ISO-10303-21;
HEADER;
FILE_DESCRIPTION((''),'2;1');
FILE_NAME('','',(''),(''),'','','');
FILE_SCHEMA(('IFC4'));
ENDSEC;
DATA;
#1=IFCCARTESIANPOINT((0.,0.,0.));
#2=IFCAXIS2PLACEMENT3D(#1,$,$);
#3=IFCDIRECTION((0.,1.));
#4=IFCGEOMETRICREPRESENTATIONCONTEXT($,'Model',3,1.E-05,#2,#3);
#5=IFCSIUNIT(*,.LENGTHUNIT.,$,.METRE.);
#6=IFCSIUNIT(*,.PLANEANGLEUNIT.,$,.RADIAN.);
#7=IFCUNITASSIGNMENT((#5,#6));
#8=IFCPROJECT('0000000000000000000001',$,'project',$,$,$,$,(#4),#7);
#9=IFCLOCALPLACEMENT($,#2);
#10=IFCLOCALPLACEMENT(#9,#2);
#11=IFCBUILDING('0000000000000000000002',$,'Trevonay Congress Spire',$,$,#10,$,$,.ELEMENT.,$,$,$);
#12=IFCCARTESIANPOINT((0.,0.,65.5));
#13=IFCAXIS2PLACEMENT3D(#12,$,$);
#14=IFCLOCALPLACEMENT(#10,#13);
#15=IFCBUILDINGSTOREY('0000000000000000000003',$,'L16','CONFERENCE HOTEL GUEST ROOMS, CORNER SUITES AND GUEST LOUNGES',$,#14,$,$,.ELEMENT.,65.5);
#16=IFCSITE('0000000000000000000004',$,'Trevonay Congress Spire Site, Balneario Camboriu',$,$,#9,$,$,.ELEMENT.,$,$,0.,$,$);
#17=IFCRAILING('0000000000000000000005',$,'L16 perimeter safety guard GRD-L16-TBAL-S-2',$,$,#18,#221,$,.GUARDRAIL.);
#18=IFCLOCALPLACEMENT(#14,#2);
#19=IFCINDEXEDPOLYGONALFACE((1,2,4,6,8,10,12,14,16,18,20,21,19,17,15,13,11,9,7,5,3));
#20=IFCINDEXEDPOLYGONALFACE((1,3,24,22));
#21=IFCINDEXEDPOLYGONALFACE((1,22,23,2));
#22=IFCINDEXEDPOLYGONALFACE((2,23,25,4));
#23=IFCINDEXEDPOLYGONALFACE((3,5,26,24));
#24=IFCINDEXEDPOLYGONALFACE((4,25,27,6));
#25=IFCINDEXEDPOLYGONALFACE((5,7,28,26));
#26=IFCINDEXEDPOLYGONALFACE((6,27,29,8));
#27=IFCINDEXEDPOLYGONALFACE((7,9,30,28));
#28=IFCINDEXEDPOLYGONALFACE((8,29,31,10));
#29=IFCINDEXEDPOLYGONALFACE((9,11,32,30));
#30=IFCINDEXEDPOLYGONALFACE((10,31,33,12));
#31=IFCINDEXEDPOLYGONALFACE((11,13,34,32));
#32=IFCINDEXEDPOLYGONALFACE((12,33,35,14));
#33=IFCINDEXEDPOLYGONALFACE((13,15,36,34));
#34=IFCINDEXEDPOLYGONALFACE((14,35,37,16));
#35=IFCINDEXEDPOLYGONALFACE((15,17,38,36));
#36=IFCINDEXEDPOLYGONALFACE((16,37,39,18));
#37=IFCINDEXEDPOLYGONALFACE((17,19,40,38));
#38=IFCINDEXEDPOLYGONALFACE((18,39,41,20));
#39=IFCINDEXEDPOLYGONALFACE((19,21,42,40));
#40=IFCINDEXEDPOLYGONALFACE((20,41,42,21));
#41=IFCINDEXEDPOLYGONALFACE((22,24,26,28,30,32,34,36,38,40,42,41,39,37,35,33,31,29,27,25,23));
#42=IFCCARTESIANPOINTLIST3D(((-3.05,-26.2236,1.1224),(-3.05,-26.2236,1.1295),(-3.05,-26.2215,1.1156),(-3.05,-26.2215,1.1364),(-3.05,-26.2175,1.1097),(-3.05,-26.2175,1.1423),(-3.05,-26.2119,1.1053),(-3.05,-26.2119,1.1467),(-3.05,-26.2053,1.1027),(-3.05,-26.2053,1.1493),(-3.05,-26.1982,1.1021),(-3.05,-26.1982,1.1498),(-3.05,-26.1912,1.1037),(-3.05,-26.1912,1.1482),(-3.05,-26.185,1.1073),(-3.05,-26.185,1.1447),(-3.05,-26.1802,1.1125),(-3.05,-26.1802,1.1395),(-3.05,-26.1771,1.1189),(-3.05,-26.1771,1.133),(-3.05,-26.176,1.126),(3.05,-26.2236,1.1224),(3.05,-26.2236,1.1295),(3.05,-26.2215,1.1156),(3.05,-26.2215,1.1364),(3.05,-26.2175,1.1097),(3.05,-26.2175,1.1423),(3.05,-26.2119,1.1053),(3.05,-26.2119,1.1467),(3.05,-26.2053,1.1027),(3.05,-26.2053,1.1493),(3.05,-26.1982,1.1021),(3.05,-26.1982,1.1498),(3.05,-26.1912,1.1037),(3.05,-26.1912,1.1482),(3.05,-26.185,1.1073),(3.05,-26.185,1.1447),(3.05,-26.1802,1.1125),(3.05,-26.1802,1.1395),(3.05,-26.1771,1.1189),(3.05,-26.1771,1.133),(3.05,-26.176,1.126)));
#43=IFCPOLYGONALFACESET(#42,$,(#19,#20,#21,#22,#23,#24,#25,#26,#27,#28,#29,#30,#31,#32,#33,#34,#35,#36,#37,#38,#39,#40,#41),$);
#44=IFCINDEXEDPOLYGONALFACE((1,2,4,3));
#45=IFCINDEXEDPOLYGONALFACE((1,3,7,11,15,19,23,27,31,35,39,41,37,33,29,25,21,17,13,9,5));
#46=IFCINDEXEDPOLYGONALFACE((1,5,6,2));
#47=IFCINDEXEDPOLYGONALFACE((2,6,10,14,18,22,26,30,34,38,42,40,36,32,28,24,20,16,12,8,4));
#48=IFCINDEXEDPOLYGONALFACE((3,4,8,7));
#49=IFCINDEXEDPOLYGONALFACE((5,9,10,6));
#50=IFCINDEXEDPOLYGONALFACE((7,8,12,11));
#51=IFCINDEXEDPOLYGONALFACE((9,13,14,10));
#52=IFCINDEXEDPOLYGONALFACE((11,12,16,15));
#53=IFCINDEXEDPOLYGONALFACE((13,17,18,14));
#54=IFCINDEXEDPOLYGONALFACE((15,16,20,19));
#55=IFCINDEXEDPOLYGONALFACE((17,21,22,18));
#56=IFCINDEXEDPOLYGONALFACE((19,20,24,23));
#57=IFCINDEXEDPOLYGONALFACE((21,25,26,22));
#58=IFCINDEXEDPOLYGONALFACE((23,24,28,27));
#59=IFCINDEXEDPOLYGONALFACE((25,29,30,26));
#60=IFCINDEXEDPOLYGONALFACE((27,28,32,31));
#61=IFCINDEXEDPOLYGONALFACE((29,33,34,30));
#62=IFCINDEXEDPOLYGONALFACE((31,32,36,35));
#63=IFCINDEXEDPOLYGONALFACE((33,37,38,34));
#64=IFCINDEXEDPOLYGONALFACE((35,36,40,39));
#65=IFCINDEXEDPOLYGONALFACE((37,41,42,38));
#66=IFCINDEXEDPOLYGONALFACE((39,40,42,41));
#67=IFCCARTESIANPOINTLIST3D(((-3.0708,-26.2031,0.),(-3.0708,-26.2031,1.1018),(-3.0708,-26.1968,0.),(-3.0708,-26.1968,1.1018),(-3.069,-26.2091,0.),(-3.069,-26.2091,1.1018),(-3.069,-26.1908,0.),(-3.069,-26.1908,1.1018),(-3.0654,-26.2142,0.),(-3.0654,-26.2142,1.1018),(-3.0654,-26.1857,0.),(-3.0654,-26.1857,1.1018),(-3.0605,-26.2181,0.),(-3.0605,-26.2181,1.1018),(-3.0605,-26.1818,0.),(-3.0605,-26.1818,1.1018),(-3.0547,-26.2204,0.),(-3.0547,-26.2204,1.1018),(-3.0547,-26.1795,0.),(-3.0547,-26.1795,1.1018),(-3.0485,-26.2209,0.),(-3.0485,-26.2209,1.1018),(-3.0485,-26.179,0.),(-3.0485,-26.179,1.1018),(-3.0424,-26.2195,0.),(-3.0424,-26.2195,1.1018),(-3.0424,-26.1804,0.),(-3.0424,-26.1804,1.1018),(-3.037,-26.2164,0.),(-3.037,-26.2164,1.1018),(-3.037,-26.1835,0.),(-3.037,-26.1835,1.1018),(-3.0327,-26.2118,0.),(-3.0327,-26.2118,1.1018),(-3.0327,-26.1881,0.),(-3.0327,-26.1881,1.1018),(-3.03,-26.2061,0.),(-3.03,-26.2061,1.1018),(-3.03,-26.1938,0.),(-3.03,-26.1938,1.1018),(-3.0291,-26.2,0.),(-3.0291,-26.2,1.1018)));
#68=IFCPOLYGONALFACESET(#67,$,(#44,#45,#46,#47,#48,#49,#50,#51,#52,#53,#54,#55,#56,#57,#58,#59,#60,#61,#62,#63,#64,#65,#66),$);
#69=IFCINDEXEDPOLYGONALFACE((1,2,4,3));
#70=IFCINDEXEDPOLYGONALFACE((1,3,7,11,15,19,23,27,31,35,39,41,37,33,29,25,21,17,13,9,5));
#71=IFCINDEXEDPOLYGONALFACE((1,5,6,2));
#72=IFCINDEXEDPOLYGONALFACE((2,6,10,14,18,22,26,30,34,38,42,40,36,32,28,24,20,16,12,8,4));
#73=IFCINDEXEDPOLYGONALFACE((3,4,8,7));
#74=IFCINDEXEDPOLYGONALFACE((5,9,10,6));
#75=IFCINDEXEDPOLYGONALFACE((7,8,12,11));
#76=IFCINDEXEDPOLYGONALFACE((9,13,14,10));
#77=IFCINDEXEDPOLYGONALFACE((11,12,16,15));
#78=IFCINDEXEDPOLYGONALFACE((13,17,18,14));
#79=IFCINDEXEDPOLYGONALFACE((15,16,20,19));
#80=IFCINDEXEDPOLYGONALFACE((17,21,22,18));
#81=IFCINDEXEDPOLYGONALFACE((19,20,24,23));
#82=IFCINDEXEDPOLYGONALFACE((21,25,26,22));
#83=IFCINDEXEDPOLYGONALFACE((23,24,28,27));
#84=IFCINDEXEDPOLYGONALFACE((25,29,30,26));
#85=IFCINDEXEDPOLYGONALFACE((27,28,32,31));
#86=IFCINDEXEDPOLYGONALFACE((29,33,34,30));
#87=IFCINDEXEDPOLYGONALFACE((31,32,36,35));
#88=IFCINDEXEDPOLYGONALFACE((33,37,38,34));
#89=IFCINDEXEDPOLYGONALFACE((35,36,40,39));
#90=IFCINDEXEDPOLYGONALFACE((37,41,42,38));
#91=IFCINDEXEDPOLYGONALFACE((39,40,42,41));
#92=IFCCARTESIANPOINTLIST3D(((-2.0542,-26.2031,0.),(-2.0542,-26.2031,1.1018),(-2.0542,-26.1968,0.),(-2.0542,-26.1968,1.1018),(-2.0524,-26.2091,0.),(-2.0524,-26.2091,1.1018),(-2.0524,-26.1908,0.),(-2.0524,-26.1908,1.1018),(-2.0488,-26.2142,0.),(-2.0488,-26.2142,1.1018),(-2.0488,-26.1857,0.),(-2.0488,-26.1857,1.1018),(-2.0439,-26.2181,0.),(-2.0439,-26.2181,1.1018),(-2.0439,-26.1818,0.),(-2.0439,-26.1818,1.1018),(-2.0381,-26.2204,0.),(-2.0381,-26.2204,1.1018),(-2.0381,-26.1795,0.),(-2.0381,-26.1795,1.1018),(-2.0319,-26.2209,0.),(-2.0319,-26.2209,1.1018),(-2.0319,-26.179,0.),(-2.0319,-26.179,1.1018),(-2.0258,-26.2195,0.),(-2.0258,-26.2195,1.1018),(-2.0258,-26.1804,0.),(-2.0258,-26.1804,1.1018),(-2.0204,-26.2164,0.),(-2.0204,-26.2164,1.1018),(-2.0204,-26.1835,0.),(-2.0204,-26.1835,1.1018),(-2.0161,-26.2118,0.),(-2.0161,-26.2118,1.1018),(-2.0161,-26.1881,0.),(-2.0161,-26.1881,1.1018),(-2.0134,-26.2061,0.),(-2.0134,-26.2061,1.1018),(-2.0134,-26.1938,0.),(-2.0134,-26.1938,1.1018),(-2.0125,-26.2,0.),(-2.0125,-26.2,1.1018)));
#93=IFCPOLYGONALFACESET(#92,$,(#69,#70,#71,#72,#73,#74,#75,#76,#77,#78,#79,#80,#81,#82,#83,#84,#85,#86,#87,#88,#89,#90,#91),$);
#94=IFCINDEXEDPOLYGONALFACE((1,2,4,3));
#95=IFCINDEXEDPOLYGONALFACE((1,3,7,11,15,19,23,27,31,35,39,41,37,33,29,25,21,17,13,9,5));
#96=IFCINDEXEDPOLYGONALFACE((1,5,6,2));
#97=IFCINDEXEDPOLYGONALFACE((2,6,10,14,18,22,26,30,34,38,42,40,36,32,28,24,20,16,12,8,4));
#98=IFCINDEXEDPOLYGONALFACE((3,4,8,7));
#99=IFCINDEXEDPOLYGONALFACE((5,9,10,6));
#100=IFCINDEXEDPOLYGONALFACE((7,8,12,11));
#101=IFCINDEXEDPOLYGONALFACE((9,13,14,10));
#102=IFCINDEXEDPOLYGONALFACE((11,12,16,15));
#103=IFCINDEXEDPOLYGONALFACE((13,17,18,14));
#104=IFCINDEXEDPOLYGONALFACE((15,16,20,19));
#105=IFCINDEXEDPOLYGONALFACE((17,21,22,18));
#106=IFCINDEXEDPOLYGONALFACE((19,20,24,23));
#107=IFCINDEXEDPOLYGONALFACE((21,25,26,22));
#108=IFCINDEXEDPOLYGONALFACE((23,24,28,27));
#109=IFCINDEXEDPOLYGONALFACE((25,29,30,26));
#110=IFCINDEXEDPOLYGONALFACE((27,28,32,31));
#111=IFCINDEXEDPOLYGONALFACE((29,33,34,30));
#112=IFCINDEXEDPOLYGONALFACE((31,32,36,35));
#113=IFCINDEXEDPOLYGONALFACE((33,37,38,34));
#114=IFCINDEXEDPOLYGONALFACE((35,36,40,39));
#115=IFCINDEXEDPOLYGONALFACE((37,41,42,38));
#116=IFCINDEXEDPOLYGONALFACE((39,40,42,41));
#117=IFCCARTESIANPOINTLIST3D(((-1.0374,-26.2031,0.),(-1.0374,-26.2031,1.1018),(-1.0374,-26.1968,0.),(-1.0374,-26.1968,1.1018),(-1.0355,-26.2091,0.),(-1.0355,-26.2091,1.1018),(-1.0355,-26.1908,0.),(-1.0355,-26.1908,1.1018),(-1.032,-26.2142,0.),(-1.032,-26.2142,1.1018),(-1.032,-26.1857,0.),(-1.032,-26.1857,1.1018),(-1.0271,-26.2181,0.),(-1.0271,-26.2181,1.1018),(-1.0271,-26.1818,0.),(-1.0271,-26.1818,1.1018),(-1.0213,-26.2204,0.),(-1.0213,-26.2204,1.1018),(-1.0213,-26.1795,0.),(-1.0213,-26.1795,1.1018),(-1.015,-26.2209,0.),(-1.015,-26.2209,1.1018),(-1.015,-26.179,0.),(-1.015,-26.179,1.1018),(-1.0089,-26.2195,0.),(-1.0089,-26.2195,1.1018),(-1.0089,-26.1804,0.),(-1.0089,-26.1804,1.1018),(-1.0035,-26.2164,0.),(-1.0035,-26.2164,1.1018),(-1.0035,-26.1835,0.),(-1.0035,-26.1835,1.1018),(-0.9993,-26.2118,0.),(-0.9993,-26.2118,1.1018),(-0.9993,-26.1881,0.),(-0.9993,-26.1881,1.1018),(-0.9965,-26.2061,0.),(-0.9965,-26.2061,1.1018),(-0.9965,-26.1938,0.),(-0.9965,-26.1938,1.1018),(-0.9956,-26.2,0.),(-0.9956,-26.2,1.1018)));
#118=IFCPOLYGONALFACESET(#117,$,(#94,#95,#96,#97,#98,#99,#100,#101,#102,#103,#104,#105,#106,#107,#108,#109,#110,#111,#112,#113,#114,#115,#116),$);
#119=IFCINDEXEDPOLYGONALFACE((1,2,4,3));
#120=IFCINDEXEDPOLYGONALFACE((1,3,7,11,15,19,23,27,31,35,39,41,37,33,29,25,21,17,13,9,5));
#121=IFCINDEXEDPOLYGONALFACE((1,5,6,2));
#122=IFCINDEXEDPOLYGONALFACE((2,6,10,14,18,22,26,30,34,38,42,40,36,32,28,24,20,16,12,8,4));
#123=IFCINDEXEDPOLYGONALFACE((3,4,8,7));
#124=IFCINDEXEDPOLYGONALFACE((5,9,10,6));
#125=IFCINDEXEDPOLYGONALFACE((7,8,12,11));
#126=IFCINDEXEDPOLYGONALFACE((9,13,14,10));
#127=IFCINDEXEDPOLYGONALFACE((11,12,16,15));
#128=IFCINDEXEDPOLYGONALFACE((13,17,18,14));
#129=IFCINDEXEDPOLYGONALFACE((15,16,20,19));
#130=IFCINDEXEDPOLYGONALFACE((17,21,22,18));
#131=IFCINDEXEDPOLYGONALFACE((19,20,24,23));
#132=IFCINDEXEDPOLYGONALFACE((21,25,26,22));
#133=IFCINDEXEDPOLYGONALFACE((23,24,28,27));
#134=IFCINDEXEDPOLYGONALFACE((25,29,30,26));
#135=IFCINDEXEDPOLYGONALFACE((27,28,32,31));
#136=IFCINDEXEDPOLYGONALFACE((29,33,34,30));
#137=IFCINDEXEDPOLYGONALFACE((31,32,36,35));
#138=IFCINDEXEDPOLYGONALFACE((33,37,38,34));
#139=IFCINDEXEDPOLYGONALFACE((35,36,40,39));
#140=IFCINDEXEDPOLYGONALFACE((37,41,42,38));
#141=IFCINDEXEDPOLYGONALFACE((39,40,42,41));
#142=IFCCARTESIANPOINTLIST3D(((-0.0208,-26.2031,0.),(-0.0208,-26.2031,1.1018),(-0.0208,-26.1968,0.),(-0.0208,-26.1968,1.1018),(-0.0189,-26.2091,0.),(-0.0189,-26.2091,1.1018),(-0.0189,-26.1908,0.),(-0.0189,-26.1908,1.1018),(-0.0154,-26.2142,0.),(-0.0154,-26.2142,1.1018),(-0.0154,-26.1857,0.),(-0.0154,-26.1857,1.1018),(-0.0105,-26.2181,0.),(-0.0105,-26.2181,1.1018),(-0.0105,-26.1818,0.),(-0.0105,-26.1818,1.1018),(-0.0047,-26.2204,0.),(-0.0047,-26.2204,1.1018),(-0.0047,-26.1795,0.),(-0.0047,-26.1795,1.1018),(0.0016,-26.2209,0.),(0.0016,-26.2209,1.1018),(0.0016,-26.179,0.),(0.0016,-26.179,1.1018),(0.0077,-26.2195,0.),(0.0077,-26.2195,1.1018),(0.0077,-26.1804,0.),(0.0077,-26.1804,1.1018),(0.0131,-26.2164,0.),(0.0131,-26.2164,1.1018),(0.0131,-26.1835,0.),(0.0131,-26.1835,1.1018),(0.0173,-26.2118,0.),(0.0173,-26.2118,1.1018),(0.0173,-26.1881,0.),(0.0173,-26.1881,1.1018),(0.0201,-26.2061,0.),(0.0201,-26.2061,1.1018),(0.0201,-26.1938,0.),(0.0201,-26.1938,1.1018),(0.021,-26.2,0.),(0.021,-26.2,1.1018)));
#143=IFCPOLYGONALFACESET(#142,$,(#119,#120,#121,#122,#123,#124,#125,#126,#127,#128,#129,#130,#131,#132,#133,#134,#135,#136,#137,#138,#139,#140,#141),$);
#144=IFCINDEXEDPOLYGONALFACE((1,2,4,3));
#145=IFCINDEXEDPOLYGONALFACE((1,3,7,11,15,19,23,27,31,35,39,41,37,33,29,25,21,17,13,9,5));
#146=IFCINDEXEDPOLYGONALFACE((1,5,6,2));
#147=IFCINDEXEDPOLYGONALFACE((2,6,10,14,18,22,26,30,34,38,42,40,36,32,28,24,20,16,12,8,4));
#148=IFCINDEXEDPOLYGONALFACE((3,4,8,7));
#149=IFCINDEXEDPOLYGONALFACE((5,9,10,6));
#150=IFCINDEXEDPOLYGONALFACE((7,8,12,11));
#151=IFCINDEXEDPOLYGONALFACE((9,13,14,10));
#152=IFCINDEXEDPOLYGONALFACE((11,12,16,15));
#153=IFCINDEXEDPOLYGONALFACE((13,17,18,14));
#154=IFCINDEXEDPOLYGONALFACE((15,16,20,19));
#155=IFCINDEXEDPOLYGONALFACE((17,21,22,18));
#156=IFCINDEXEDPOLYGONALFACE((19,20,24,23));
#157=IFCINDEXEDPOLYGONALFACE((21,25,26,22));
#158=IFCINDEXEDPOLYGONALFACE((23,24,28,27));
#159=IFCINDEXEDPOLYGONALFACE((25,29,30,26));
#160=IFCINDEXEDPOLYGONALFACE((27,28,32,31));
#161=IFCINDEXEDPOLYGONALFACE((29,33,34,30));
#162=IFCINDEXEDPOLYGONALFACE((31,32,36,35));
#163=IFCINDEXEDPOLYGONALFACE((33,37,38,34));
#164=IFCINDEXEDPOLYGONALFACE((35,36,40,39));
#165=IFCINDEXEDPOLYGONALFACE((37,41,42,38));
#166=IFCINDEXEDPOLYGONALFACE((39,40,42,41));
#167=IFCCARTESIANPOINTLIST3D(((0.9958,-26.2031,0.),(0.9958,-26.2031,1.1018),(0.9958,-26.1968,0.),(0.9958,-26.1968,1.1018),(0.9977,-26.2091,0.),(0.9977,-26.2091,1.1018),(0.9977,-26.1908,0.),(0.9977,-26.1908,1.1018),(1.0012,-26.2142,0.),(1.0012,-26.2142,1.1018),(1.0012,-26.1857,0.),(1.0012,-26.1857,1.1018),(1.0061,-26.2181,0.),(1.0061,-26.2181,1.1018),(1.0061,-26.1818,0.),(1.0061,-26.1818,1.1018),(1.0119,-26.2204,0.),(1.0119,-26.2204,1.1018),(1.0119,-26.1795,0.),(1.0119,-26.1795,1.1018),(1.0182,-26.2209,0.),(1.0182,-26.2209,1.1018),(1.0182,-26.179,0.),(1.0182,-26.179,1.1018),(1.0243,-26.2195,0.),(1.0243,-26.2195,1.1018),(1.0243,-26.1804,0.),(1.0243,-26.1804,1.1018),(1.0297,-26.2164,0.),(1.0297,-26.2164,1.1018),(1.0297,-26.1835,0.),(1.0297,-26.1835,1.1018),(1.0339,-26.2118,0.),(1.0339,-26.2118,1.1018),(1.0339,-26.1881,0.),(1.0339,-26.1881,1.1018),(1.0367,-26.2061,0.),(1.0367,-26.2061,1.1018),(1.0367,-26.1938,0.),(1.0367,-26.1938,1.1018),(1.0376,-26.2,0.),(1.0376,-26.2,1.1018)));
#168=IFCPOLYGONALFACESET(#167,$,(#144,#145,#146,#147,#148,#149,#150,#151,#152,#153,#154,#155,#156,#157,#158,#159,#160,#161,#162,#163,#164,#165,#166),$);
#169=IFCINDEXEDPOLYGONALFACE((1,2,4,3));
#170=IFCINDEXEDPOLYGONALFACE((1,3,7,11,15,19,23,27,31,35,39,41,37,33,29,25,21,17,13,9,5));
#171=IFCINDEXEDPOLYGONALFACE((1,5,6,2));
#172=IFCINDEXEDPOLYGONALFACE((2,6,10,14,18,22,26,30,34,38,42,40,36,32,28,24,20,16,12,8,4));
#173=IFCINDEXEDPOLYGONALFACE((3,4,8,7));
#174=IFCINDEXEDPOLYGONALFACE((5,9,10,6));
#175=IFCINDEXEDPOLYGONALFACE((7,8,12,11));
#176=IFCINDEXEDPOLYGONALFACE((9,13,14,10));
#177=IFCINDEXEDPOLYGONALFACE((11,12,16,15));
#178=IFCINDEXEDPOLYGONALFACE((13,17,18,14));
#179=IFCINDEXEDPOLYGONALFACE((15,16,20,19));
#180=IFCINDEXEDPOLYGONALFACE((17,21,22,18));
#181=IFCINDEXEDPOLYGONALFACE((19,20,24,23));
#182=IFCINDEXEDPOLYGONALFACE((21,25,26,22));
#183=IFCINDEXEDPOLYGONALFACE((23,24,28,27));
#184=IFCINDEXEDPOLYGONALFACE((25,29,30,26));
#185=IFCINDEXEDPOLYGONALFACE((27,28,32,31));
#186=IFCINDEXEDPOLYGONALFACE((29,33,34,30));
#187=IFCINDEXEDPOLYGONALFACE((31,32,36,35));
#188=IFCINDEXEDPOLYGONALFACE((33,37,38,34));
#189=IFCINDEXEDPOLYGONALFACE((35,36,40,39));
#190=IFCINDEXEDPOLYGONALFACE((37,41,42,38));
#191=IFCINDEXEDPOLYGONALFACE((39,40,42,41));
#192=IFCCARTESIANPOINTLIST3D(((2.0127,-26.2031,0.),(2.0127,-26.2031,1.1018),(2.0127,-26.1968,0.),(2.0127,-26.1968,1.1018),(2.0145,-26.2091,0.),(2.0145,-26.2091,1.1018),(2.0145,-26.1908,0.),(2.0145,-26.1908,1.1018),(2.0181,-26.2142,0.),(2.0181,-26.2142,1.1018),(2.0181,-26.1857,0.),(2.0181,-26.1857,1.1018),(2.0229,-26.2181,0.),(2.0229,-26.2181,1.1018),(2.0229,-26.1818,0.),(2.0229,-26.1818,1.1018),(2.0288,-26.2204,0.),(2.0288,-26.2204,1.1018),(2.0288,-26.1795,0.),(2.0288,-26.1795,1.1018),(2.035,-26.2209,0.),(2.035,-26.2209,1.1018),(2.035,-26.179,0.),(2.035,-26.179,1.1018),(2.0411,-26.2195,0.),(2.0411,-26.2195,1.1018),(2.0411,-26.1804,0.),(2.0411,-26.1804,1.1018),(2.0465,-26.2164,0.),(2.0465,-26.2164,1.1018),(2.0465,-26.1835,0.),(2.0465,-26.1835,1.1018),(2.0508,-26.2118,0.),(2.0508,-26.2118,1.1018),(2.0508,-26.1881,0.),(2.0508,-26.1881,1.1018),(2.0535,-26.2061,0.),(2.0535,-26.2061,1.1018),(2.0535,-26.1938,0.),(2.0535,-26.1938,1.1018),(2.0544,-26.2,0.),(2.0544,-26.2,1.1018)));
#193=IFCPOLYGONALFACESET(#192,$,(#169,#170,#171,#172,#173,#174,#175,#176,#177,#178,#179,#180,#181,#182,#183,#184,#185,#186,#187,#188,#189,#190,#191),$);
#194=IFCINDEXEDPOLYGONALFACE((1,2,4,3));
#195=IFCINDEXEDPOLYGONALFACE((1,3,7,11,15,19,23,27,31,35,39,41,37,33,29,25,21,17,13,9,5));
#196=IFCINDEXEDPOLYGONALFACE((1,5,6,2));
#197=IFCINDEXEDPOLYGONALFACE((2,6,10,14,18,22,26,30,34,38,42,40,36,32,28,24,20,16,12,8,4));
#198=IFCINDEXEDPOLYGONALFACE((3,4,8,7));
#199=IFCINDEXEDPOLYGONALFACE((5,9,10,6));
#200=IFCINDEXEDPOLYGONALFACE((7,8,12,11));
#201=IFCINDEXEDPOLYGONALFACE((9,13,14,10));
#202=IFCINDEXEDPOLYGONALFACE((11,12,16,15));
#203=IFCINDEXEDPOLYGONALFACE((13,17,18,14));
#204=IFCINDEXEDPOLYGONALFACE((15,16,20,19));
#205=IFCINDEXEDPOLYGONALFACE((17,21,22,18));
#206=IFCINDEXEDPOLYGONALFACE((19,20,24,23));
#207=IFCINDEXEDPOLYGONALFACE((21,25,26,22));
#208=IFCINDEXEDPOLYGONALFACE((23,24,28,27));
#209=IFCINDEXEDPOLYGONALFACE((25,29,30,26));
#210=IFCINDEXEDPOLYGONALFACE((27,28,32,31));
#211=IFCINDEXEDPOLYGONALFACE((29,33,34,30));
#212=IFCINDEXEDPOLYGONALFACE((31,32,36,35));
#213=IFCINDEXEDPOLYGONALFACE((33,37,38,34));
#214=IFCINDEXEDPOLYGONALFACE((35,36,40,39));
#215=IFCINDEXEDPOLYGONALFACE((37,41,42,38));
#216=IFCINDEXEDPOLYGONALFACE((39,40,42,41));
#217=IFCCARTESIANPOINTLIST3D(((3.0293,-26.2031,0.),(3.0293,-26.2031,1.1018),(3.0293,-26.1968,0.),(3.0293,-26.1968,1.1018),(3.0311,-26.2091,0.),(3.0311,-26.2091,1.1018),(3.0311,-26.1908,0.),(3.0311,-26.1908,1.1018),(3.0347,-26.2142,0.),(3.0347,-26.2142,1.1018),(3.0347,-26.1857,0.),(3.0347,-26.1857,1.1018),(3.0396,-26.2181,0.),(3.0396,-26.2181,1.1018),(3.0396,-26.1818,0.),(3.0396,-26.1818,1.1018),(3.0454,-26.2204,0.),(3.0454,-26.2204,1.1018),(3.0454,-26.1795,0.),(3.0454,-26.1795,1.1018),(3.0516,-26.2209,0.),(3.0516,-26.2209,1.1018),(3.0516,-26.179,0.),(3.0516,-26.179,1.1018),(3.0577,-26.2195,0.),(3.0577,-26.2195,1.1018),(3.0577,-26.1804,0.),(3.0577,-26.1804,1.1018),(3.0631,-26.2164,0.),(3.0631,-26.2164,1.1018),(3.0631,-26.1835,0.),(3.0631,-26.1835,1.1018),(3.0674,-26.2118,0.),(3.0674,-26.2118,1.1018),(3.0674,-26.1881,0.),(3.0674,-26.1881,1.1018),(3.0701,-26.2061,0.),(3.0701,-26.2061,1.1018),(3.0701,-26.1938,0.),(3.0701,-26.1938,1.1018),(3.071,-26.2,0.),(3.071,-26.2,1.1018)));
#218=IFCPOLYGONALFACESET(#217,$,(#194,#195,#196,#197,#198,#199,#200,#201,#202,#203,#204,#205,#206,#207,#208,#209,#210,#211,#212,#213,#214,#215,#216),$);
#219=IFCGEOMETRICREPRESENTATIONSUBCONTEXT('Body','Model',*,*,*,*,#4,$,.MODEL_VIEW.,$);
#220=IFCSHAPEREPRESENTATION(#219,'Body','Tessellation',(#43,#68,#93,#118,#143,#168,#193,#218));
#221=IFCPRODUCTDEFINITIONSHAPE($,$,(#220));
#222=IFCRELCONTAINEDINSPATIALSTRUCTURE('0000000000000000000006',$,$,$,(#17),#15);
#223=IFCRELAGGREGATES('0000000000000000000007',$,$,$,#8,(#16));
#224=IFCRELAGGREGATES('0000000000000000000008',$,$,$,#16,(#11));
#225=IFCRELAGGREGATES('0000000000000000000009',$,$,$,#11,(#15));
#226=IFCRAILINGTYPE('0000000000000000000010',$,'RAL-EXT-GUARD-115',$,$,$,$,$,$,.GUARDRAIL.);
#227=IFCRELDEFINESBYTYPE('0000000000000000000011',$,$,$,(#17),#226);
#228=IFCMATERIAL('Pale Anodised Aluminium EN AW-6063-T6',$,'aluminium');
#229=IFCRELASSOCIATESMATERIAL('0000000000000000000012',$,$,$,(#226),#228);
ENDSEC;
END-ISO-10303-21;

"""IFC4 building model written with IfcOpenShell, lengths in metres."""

from ifc_helpers import new_model, si_unit, direction, frame, origin, origin_2d, place, context, subcontext, project, spatial, circle, extrude, material, type_object, element, save


model = new_model("IFC4")

# Units and contexts
model_context = context("Model", 3, precision=1e-05, world=origin(), true_north=direction((0.0, 1.0)))
body_context = subcontext(model_context, "Body", "Model", "MODEL_VIEW")
ifc_project = project(units=[si_unit("LENGTHUNIT", "METRE"), si_unit("PLANEANGLEUNIT", "RADIAN")], contexts=[model_context])

# Site, building, storey
site_placement = place(None, origin())
site = spatial("IfcSite", under=ifc_project, at=site_placement, Name="Trevonay Congress Spire Site, Balneario Camboriu", CompositionType="ELEMENT", RefElevation=0.0)
building_placement = place(site_placement, origin())
building = spatial("IfcBuilding", under=site, at=building_placement, Name="Trevonay Congress Spire", CompositionType="ELEMENT")
storey_placement = place(building_placement, frame((0.0, 0.0, 65.5)))
storey = spatial("IfcBuildingStorey", under=building, at=storey_placement, Name="L16", Description="CONFERENCE HOTEL GUEST ROOMS, CORNER SUITES AND GUEST LOUNGES", CompositionType="ELEMENT", Elevation=65.5)

# Shared definitions
ifc_material_1 = material(Name="Pale Anodised Aluminium EN AW-6063-T6", Category="aluminium")

# Railing
railing_type = type_object("IfcRailingType", Name="RAL-EXT-GUARD-115", PredefinedType="GUARDRAIL", material=ifc_material_1)
railing_1_placement = place(storey_placement, frame((-3.05, -26.2, 0.0)))
element("IfcRailing", 1, at=railing_1_placement, inside=storey, type_object=railing_type, Name="L16 perimeter safety guard GRD-L16-TBAL-S-2", PredefinedType="GUARDRAIL", context=body_context, shape_type="SweptSolid", body=[
    extrude(circle(Radius=0.0239, at=origin_2d()), frame((0.0, 0.0, 1.126), z_axis=(1.0, 0.0, 0.0), x_axis=(0.0, 1.0, 0.0)), (0.0, 0.0, 1.0), 6.1001),
    extrude(circle(Radius=0.021, at=origin_2d()), origin(), (0.0, 0.0, 1.0), 1.1018),
    extrude(circle(Radius=0.021, at=origin_2d()), frame((1.0166, 0.0, 0.0)), (0.0, 0.0, 1.0), 1.1018),
    extrude(circle(Radius=0.021, at=origin_2d()), frame((2.0334, 0.0, 0.0)), (0.0, 0.0, 1.0), 1.1018),
    extrude(circle(Radius=0.021, at=origin_2d()), frame((3.05, 0.0, 0.0)), (0.0, 0.0, 1.0), 1.1018),
    extrude(circle(Radius=0.021, at=origin_2d()), frame((4.0667, 0.0, 0.0)), (0.0, 0.0, 1.0), 1.1018),
    extrude(circle(Radius=0.021, at=origin_2d()), frame((5.0835, 0.0, 0.0)), (0.0, 0.0, 1.0), 1.1018),
    extrude(circle(Radius=0.021, at=origin_2d()), frame((6.1001, 0.0, 0.0)), (0.0, 0.0, 1.0), 1.1018),
])

save(model, "model.ifc")
